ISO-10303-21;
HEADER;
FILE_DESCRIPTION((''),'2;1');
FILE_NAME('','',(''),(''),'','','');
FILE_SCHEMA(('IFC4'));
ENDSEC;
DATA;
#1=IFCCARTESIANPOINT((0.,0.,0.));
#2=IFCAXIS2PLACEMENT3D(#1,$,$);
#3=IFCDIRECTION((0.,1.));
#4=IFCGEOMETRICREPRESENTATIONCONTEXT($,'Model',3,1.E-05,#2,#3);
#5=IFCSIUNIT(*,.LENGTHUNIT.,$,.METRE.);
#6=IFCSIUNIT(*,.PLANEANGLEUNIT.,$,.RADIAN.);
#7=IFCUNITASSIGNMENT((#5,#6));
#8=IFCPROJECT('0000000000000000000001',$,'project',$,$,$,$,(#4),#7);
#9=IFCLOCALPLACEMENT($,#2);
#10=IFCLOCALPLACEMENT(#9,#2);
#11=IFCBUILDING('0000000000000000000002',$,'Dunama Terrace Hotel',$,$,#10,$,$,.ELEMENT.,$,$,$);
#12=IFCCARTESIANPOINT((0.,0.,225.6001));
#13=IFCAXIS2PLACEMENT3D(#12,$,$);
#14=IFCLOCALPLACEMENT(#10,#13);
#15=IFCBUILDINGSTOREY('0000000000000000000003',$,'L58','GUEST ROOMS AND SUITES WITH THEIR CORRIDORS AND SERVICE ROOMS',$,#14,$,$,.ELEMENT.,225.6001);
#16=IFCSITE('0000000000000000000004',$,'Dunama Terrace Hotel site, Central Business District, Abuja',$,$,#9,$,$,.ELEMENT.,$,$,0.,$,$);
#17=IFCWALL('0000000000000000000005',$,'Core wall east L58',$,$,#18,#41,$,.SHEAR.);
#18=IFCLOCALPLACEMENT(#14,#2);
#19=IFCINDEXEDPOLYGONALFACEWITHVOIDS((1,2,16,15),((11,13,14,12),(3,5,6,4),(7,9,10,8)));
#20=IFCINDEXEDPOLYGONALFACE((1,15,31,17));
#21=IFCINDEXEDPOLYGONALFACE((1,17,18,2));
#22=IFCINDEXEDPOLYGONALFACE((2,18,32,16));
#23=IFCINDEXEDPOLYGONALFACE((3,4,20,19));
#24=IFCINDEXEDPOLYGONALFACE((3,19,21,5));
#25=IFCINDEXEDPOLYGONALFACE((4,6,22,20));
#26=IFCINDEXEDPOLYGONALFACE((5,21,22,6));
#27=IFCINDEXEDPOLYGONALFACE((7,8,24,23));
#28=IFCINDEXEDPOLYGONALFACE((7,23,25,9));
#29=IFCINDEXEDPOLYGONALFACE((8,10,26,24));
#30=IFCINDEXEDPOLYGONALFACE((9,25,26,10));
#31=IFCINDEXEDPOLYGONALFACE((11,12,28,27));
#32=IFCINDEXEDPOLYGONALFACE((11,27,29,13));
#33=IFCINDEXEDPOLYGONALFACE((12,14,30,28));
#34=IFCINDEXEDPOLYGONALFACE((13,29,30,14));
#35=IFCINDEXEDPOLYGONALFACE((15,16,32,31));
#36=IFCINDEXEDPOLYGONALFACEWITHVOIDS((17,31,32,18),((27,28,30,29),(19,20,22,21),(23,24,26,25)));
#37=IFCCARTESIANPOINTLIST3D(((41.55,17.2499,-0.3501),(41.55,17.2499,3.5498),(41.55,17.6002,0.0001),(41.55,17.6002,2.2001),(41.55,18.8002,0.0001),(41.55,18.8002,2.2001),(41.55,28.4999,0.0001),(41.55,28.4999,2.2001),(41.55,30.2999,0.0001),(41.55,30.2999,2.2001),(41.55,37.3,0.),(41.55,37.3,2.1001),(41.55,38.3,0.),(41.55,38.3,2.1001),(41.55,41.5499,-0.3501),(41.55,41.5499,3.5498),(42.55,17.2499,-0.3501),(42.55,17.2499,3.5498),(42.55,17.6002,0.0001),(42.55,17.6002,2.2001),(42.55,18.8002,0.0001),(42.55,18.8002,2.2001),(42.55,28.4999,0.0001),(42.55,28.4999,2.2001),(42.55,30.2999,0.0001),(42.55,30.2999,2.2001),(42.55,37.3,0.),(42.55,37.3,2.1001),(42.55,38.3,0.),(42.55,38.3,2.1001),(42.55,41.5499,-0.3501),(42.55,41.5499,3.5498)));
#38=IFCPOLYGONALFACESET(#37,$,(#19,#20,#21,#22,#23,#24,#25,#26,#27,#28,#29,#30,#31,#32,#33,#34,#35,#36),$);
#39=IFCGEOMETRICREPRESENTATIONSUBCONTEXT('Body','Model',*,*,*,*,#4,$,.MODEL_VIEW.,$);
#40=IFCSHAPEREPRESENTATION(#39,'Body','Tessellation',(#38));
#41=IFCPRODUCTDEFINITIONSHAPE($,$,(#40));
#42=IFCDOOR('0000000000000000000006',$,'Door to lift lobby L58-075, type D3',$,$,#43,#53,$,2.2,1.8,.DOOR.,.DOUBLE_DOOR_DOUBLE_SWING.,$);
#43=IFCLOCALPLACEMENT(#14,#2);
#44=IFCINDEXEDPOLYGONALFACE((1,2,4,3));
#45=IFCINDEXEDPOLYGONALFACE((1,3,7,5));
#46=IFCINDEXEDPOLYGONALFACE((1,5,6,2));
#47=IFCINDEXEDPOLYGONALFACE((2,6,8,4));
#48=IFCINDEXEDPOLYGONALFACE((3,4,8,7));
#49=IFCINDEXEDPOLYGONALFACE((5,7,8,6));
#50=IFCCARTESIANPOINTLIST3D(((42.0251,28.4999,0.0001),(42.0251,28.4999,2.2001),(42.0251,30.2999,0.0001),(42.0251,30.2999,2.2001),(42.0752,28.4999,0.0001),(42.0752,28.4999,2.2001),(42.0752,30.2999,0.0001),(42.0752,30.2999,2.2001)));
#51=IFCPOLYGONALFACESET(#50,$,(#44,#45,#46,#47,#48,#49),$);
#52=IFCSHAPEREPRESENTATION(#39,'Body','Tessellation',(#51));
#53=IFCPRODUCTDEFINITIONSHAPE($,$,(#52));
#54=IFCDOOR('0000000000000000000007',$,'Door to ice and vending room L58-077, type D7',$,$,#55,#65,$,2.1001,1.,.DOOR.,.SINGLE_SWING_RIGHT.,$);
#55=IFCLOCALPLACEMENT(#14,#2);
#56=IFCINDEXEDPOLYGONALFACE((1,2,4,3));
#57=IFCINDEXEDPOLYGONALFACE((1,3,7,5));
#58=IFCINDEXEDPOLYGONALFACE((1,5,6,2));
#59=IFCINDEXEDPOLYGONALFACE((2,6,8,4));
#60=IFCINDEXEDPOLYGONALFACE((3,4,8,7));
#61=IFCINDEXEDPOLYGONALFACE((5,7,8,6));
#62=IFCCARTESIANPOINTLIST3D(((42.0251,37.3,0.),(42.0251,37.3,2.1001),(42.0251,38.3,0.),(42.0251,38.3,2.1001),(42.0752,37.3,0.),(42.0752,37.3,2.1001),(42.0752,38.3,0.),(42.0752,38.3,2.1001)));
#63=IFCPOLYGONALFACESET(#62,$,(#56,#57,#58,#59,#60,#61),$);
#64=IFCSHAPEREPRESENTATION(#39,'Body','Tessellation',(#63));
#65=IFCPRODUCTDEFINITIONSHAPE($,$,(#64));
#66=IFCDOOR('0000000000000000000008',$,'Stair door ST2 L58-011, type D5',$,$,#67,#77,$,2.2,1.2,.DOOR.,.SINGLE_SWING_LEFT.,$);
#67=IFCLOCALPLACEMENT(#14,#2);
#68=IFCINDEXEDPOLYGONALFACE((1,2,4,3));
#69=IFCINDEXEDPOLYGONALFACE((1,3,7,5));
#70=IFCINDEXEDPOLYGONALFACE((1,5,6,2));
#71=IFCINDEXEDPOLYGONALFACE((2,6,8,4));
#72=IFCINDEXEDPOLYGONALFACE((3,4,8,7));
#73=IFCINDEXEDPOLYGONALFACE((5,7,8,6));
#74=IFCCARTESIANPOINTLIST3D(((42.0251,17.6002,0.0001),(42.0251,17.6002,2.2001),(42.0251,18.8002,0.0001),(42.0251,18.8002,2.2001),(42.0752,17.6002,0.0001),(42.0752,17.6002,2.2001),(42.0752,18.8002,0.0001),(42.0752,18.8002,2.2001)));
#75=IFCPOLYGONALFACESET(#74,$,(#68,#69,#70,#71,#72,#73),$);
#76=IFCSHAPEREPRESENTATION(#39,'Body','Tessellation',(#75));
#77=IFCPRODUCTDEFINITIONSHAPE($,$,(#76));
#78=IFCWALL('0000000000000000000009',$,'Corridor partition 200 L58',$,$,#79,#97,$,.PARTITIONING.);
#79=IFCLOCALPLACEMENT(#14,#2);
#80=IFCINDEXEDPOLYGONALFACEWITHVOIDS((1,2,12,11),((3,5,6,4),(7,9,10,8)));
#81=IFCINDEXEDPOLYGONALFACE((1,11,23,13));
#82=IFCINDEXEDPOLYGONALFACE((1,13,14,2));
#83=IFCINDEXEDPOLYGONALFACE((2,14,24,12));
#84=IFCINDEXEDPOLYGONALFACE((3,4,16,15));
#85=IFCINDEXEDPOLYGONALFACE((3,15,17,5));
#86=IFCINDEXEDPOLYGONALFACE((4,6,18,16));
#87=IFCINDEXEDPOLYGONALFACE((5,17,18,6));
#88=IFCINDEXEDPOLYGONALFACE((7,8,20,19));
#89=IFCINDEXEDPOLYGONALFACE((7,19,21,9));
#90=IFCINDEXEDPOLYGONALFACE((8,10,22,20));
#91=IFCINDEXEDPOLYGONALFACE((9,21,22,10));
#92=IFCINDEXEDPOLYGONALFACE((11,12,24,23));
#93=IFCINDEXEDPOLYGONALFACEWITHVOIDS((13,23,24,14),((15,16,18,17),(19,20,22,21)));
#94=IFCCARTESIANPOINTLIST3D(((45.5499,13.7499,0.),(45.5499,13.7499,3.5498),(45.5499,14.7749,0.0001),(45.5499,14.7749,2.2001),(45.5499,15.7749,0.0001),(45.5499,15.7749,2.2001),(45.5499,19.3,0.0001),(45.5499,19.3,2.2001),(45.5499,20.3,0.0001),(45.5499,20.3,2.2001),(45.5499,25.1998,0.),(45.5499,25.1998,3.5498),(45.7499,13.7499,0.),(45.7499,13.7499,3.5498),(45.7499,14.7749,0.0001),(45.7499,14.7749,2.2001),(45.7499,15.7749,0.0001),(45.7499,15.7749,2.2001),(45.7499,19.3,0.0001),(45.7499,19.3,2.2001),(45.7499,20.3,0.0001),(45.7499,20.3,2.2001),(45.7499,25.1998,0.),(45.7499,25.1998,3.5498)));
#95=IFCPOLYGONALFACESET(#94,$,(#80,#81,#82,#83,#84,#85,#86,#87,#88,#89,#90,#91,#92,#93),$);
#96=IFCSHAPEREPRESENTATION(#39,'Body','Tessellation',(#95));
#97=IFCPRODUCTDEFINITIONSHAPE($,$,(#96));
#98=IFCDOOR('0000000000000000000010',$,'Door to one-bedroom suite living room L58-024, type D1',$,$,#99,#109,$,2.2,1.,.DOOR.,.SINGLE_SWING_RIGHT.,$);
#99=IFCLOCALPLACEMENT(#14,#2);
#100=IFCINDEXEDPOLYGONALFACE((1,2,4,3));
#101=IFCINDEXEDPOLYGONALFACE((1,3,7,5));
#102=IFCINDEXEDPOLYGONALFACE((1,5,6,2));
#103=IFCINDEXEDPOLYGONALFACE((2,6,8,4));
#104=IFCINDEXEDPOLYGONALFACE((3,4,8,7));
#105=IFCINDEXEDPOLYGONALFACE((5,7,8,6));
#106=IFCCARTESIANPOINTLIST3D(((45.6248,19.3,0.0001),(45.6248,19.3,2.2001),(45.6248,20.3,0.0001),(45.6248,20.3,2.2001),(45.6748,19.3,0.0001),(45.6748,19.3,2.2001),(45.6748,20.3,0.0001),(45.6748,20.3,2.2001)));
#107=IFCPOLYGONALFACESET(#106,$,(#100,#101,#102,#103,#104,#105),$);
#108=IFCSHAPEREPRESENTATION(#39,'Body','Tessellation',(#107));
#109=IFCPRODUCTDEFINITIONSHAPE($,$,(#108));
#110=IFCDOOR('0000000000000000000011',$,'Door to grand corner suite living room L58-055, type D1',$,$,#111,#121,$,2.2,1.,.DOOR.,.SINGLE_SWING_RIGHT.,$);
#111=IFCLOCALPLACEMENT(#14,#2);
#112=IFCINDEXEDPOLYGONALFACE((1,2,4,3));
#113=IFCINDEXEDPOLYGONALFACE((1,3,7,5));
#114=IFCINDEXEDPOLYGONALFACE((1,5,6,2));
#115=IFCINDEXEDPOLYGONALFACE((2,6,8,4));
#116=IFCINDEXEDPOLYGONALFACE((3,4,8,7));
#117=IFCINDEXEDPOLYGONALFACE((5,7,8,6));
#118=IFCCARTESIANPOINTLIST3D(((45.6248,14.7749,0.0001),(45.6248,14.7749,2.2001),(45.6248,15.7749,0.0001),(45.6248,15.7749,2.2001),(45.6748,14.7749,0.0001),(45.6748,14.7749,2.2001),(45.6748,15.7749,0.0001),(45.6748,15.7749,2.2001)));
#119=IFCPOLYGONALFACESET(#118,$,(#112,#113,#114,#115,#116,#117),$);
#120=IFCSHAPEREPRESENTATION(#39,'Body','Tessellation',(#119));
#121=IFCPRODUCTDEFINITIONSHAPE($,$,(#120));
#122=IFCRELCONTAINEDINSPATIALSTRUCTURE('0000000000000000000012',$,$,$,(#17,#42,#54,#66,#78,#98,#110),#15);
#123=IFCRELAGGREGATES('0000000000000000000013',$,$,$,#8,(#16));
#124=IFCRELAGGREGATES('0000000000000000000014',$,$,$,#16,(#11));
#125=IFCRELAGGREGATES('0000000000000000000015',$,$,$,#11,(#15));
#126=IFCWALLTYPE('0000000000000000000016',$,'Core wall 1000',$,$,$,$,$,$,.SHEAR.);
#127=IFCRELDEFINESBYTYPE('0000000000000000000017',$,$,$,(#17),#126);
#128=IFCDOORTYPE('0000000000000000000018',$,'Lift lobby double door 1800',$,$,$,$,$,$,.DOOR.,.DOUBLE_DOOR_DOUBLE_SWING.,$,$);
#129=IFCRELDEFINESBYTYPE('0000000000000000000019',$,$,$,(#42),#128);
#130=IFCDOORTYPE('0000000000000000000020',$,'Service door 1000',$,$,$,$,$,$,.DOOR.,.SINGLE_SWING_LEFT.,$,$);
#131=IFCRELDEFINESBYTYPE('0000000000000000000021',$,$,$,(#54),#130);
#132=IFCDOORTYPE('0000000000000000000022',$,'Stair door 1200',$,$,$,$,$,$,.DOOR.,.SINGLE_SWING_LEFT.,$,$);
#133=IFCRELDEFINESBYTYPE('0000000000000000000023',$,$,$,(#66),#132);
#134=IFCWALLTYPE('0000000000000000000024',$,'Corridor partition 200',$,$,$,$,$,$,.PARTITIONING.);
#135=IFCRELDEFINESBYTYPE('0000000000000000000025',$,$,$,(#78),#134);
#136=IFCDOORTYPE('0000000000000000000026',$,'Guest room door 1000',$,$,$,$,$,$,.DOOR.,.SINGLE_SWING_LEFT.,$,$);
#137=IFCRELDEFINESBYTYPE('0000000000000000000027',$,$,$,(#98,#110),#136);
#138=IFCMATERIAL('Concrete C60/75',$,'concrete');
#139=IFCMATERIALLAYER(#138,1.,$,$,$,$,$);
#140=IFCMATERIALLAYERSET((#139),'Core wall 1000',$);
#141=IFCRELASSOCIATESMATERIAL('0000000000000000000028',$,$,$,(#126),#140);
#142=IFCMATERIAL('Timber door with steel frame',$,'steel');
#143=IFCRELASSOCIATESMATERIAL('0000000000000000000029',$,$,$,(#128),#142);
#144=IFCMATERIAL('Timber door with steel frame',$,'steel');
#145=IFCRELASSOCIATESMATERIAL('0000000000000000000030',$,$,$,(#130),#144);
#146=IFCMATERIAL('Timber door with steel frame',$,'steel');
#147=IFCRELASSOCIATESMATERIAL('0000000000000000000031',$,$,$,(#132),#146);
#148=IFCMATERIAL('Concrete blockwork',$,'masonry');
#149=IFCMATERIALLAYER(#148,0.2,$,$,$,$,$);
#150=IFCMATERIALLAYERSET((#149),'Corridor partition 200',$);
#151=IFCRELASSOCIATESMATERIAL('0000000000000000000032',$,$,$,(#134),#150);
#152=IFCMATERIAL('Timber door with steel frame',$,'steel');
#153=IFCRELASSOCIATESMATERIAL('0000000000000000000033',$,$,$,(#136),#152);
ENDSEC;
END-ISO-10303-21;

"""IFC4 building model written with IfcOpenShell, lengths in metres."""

from ifc_helpers import new_model, si_unit, direction, frame, frame_2d, origin, place, context, subcontext, project, spatial, rectangle, extrude, material, layer, layer_set, type_object, element, fill, save


model = new_model("IFC4")

# Units and contexts
model_context = context("Model", 3, precision=1e-05, world=origin(), true_north=direction((0.0, 1.0)))
body_context = subcontext(model_context, "Body", "Model", "MODEL_VIEW")
ifc_project = project(units=[si_unit("LENGTHUNIT", "METRE"), si_unit("PLANEANGLEUNIT", "RADIAN")], contexts=[model_context])

# Site, building, storey
site_placement = place(None, origin())
site = spatial("IfcSite", under=ifc_project, at=site_placement, Name="Dunama Terrace Hotel site, Central Business District, Abuja", CompositionType="ELEMENT", RefElevation=0.0)
building_placement = place(site_placement, origin())
building = spatial("IfcBuilding", under=site, at=building_placement, Name="Dunama Terrace Hotel", CompositionType="ELEMENT")
storey_placement = place(building_placement, frame((0.0, 0.0, 225.6001)))
storey = spatial("IfcBuildingStorey", under=building, at=storey_placement, Name="L58", Description="GUEST ROOMS AND SUITES WITH THEIR CORRIDORS AND SERVICE ROOMS", CompositionType="ELEMENT", Elevation=225.6001)

# Walls, openings, doors
ifc_material_1 = material(Name="Concrete C60/75", Category="concrete")
ifc_layer_1 = layer(ifc_material_1, 1.0)
ifc_layer_set_1 = layer_set([ifc_layer_1], Name="Core wall 1000")
wall_type_1 = type_object("IfcWallType", Name="Core wall 1000", PredefinedType="SHEAR", material=ifc_layer_set_1)
wall_1_placement = place(storey_placement, frame((42.05, 17.25, -0.3501), z_axis=(0.0, 0.0, 1.0), x_axis=(0.0, 1.0, 0.0)))
wall_1 = element("IfcWall", 1, at=wall_1_placement, inside=storey, type_object=wall_type_1, Name="Core wall east L58", PredefinedType="SHEAR", context=body_context, shape_type="SweptSolid", body=[
    extrude(rectangle(XDim=24.3, YDim=1.0, at=frame_2d((12.1499, 0.0))), origin(), (0.0, 0.0, 1.0), 3.8999),
])
opening_1_placement = place(wall_1_placement, frame((0.3501, 0.0, 0.3501)))
opening_1 = element("IfcOpeningElement", 2, at=opening_1_placement, cuts=wall_1, PredefinedType="OPENING", context=body_context, shape_type="SweptSolid", body=[
    extrude(rectangle(XDim=1.2, YDim=2.2, at=frame_2d((0.6001, 1.1001))), frame((0.0, 0.51, 0.0), z_axis=(0.0, -1.0, 0.0), x_axis=(1.0, 0.0, 0.0)), (0.0, 0.0, 1.0), 1.02),
])
opening_2_placement = place(wall_1_placement, frame((11.25, 0.0, 0.3501)))
opening_2 = element("IfcOpeningElement", 3, at=opening_2_placement, cuts=wall_1, PredefinedType="OPENING", context=body_context, shape_type="SweptSolid", body=[
    extrude(rectangle(XDim=1.8, YDim=2.2, at=frame_2d((0.8999, 1.1001))), frame((0.0, 0.51, 0.0), z_axis=(0.0, -1.0, 0.0), x_axis=(1.0, 0.0, 0.0)), (0.0, 0.0, 1.0), 1.02),
])
opening_3_placement = place(wall_1_placement, frame((20.05, 0.0, 0.3501)))
opening_3 = element("IfcOpeningElement", 4, at=opening_3_placement, cuts=wall_1, PredefinedType="OPENING", context=body_context, shape_type="SweptSolid", body=[
    extrude(rectangle(XDim=1.0, YDim=2.1001, at=frame_2d((0.5, 1.05))), frame((0.0, 0.51, 0.0), z_axis=(0.0, -1.0, 0.0), x_axis=(1.0, 0.0, 0.0)), (0.0, 0.0, 1.0), 1.02),
])
ifc_material_2 = material(Name="Timber door with steel frame", Category="steel")
door_type_1 = type_object("IfcDoorType", Name="Lift lobby double door 1800", OperationType="DOUBLE_DOOR_DOUBLE_SWING", PredefinedType="DOOR", material=ifc_material_2)
door_1_placement = place(opening_2_placement, origin())
door_1 = element("IfcDoor", 5, at=door_1_placement, inside=storey, type_object=door_type_1, Name="Door to lift lobby L58-075, type D3", OperationType="DOUBLE_DOOR_DOUBLE_SWING", OverallHeight=2.2, OverallWidth=1.8, PredefinedType="DOOR", context=body_context, shape_type="SweptSolid", body=[
    extrude(rectangle(XDim=1.8, YDim=2.2, at=frame_2d((0.8999, 1.1001))), frame((0.0, 0.0249, 0.0), z_axis=(0.0, -1.0, 0.0), x_axis=(1.0, 0.0, 0.0)), (0.0, 0.0, 1.0), 0.05),
])
fill(opening_2, door_1)
ifc_material_3 = material(Name="Timber door with steel frame", Category="steel")
door_type_2 = type_object("IfcDoorType", Name="Service door 1000", OperationType="SINGLE_SWING_LEFT", PredefinedType="DOOR", material=ifc_material_3)
door_2_placement = place(opening_3_placement, origin())
door_2 = element("IfcDoor", 6, at=door_2_placement, inside=storey, type_object=door_type_2, Name="Door to ice and vending room L58-077, type D7", OperationType="SINGLE_SWING_RIGHT", OverallHeight=2.1001, OverallWidth=1.0, PredefinedType="DOOR", context=body_context, shape_type="SweptSolid", body=[
    extrude(rectangle(XDim=1.0, YDim=2.1001, at=frame_2d((0.5, 1.05))), frame((0.0, 0.0249, 0.0), z_axis=(0.0, -1.0, 0.0), x_axis=(1.0, 0.0, 0.0)), (0.0, 0.0, 1.0), 0.05),
])
fill(opening_3, door_2)
ifc_material_4 = material(Name="Timber door with steel frame", Category="steel")
door_type_3 = type_object("IfcDoorType", Name="Stair door 1200", OperationType="SINGLE_SWING_LEFT", PredefinedType="DOOR", material=ifc_material_4)
door_3_placement = place(opening_1_placement, origin())
door_3 = element("IfcDoor", 7, at=door_3_placement, inside=storey, type_object=door_type_3, Name="Stair door ST2 L58-011, type D5", OperationType="SINGLE_SWING_LEFT", OverallHeight=2.2, OverallWidth=1.2, PredefinedType="DOOR", context=body_context, shape_type="SweptSolid", body=[
    extrude(rectangle(XDim=1.2, YDim=2.2, at=frame_2d((0.6001, 1.1001))), frame((0.0, 0.0249, 0.0), z_axis=(0.0, -1.0, 0.0), x_axis=(1.0, 0.0, 0.0)), (0.0, 0.0, 1.0), 0.05),
])
fill(opening_1, door_3)
ifc_material_5 = material(Name="Concrete blockwork", Category="masonry")
ifc_layer_2 = layer(ifc_material_5, 0.2)
ifc_layer_set_2 = layer_set([ifc_layer_2], Name="Corridor partition 200")
wall_type_2 = type_object("IfcWallType", Name="Corridor partition 200", PredefinedType="PARTITIONING", material=ifc_layer_set_2)
wall_2_placement = place(storey_placement, frame((45.6499, 25.2, 0.0), z_axis=(0.0, 0.0, 1.0), x_axis=(0.0, -1.0, 0.0)))
wall_2 = element("IfcWall", 8, at=wall_2_placement, inside=storey, type_object=wall_type_2, Name="Corridor partition 200 L58", PredefinedType="PARTITIONING", context=body_context, shape_type="SweptSolid", body=[
    extrude(rectangle(XDim=11.45, YDim=0.2, at=frame_2d((5.7251, 0.0))), origin(), (0.0, 0.0, 1.0), 3.5498),
])
opening_4_placement = place(wall_2_placement, frame((4.8999, 0.0, 0.0)))
opening_4 = element("IfcOpeningElement", 9, at=opening_4_placement, cuts=wall_2, PredefinedType="OPENING", context=body_context, shape_type="SweptSolid", body=[
    extrude(rectangle(XDim=1.0, YDim=2.2, at=frame_2d((0.5, 1.1001))), frame((0.0, 0.1099, 0.0), z_axis=(0.0, -1.0, 0.0), x_axis=(1.0, 0.0, 0.0)), (0.0, 0.0, 1.0), 0.22),
])
opening_5_placement = place(wall_2_placement, frame((9.425, 0.0, 0.0)))
opening_5 = element("IfcOpeningElement", 10, at=opening_5_placement, cuts=wall_2, PredefinedType="OPENING", context=body_context, shape_type="SweptSolid", body=[
    extrude(rectangle(XDim=1.0, YDim=2.2, at=frame_2d((0.5, 1.1001))), frame((0.0, 0.1099, 0.0), z_axis=(0.0, -1.0, 0.0), x_axis=(1.0, 0.0, 0.0)), (0.0, 0.0, 1.0), 0.22),
])
ifc_material_6 = material(Name="Timber door with steel frame", Category="steel")
door_type_4 = type_object("IfcDoorType", Name="Guest room door 1000", OperationType="SINGLE_SWING_LEFT", PredefinedType="DOOR", material=ifc_material_6)
door_4_placement = place(opening_4_placement, origin())
door_4 = element("IfcDoor", 11, at=door_4_placement, inside=storey, type_object=door_type_4, Name="Door to one-bedroom suite living room L58-024, type D1", OperationType="SINGLE_SWING_RIGHT", OverallHeight=2.2, OverallWidth=1.0, PredefinedType="DOOR", context=body_context, shape_type="SweptSolid", body=[
    extrude(rectangle(XDim=1.0, YDim=2.2, at=frame_2d((0.5, 1.1001))), frame((0.0, 0.0249, 0.0), z_axis=(0.0, -1.0, 0.0), x_axis=(1.0, 0.0, 0.0)), (0.0, 0.0, 1.0), 0.05),
])
fill(opening_4, door_4)
door_5_placement = place(opening_5_placement, origin())
door_5 = element("IfcDoor", 12, at=door_5_placement, inside=storey, type_object=door_type_4, Name="Door to grand corner suite living room L58-055, type D1", OperationType="SINGLE_SWING_RIGHT", OverallHeight=2.2, OverallWidth=1.0, PredefinedType="DOOR", context=body_context, shape_type="SweptSolid", body=[
    extrude(rectangle(XDim=1.0, YDim=2.2, at=frame_2d((0.5, 1.1001))), frame((0.0, 0.0249, 0.0), z_axis=(0.0, -1.0, 0.0), x_axis=(1.0, 0.0, 0.0)), (0.0, 0.0, 1.0), 0.05),
])
fill(opening_5, door_5)

save(model, "model.ifc")
